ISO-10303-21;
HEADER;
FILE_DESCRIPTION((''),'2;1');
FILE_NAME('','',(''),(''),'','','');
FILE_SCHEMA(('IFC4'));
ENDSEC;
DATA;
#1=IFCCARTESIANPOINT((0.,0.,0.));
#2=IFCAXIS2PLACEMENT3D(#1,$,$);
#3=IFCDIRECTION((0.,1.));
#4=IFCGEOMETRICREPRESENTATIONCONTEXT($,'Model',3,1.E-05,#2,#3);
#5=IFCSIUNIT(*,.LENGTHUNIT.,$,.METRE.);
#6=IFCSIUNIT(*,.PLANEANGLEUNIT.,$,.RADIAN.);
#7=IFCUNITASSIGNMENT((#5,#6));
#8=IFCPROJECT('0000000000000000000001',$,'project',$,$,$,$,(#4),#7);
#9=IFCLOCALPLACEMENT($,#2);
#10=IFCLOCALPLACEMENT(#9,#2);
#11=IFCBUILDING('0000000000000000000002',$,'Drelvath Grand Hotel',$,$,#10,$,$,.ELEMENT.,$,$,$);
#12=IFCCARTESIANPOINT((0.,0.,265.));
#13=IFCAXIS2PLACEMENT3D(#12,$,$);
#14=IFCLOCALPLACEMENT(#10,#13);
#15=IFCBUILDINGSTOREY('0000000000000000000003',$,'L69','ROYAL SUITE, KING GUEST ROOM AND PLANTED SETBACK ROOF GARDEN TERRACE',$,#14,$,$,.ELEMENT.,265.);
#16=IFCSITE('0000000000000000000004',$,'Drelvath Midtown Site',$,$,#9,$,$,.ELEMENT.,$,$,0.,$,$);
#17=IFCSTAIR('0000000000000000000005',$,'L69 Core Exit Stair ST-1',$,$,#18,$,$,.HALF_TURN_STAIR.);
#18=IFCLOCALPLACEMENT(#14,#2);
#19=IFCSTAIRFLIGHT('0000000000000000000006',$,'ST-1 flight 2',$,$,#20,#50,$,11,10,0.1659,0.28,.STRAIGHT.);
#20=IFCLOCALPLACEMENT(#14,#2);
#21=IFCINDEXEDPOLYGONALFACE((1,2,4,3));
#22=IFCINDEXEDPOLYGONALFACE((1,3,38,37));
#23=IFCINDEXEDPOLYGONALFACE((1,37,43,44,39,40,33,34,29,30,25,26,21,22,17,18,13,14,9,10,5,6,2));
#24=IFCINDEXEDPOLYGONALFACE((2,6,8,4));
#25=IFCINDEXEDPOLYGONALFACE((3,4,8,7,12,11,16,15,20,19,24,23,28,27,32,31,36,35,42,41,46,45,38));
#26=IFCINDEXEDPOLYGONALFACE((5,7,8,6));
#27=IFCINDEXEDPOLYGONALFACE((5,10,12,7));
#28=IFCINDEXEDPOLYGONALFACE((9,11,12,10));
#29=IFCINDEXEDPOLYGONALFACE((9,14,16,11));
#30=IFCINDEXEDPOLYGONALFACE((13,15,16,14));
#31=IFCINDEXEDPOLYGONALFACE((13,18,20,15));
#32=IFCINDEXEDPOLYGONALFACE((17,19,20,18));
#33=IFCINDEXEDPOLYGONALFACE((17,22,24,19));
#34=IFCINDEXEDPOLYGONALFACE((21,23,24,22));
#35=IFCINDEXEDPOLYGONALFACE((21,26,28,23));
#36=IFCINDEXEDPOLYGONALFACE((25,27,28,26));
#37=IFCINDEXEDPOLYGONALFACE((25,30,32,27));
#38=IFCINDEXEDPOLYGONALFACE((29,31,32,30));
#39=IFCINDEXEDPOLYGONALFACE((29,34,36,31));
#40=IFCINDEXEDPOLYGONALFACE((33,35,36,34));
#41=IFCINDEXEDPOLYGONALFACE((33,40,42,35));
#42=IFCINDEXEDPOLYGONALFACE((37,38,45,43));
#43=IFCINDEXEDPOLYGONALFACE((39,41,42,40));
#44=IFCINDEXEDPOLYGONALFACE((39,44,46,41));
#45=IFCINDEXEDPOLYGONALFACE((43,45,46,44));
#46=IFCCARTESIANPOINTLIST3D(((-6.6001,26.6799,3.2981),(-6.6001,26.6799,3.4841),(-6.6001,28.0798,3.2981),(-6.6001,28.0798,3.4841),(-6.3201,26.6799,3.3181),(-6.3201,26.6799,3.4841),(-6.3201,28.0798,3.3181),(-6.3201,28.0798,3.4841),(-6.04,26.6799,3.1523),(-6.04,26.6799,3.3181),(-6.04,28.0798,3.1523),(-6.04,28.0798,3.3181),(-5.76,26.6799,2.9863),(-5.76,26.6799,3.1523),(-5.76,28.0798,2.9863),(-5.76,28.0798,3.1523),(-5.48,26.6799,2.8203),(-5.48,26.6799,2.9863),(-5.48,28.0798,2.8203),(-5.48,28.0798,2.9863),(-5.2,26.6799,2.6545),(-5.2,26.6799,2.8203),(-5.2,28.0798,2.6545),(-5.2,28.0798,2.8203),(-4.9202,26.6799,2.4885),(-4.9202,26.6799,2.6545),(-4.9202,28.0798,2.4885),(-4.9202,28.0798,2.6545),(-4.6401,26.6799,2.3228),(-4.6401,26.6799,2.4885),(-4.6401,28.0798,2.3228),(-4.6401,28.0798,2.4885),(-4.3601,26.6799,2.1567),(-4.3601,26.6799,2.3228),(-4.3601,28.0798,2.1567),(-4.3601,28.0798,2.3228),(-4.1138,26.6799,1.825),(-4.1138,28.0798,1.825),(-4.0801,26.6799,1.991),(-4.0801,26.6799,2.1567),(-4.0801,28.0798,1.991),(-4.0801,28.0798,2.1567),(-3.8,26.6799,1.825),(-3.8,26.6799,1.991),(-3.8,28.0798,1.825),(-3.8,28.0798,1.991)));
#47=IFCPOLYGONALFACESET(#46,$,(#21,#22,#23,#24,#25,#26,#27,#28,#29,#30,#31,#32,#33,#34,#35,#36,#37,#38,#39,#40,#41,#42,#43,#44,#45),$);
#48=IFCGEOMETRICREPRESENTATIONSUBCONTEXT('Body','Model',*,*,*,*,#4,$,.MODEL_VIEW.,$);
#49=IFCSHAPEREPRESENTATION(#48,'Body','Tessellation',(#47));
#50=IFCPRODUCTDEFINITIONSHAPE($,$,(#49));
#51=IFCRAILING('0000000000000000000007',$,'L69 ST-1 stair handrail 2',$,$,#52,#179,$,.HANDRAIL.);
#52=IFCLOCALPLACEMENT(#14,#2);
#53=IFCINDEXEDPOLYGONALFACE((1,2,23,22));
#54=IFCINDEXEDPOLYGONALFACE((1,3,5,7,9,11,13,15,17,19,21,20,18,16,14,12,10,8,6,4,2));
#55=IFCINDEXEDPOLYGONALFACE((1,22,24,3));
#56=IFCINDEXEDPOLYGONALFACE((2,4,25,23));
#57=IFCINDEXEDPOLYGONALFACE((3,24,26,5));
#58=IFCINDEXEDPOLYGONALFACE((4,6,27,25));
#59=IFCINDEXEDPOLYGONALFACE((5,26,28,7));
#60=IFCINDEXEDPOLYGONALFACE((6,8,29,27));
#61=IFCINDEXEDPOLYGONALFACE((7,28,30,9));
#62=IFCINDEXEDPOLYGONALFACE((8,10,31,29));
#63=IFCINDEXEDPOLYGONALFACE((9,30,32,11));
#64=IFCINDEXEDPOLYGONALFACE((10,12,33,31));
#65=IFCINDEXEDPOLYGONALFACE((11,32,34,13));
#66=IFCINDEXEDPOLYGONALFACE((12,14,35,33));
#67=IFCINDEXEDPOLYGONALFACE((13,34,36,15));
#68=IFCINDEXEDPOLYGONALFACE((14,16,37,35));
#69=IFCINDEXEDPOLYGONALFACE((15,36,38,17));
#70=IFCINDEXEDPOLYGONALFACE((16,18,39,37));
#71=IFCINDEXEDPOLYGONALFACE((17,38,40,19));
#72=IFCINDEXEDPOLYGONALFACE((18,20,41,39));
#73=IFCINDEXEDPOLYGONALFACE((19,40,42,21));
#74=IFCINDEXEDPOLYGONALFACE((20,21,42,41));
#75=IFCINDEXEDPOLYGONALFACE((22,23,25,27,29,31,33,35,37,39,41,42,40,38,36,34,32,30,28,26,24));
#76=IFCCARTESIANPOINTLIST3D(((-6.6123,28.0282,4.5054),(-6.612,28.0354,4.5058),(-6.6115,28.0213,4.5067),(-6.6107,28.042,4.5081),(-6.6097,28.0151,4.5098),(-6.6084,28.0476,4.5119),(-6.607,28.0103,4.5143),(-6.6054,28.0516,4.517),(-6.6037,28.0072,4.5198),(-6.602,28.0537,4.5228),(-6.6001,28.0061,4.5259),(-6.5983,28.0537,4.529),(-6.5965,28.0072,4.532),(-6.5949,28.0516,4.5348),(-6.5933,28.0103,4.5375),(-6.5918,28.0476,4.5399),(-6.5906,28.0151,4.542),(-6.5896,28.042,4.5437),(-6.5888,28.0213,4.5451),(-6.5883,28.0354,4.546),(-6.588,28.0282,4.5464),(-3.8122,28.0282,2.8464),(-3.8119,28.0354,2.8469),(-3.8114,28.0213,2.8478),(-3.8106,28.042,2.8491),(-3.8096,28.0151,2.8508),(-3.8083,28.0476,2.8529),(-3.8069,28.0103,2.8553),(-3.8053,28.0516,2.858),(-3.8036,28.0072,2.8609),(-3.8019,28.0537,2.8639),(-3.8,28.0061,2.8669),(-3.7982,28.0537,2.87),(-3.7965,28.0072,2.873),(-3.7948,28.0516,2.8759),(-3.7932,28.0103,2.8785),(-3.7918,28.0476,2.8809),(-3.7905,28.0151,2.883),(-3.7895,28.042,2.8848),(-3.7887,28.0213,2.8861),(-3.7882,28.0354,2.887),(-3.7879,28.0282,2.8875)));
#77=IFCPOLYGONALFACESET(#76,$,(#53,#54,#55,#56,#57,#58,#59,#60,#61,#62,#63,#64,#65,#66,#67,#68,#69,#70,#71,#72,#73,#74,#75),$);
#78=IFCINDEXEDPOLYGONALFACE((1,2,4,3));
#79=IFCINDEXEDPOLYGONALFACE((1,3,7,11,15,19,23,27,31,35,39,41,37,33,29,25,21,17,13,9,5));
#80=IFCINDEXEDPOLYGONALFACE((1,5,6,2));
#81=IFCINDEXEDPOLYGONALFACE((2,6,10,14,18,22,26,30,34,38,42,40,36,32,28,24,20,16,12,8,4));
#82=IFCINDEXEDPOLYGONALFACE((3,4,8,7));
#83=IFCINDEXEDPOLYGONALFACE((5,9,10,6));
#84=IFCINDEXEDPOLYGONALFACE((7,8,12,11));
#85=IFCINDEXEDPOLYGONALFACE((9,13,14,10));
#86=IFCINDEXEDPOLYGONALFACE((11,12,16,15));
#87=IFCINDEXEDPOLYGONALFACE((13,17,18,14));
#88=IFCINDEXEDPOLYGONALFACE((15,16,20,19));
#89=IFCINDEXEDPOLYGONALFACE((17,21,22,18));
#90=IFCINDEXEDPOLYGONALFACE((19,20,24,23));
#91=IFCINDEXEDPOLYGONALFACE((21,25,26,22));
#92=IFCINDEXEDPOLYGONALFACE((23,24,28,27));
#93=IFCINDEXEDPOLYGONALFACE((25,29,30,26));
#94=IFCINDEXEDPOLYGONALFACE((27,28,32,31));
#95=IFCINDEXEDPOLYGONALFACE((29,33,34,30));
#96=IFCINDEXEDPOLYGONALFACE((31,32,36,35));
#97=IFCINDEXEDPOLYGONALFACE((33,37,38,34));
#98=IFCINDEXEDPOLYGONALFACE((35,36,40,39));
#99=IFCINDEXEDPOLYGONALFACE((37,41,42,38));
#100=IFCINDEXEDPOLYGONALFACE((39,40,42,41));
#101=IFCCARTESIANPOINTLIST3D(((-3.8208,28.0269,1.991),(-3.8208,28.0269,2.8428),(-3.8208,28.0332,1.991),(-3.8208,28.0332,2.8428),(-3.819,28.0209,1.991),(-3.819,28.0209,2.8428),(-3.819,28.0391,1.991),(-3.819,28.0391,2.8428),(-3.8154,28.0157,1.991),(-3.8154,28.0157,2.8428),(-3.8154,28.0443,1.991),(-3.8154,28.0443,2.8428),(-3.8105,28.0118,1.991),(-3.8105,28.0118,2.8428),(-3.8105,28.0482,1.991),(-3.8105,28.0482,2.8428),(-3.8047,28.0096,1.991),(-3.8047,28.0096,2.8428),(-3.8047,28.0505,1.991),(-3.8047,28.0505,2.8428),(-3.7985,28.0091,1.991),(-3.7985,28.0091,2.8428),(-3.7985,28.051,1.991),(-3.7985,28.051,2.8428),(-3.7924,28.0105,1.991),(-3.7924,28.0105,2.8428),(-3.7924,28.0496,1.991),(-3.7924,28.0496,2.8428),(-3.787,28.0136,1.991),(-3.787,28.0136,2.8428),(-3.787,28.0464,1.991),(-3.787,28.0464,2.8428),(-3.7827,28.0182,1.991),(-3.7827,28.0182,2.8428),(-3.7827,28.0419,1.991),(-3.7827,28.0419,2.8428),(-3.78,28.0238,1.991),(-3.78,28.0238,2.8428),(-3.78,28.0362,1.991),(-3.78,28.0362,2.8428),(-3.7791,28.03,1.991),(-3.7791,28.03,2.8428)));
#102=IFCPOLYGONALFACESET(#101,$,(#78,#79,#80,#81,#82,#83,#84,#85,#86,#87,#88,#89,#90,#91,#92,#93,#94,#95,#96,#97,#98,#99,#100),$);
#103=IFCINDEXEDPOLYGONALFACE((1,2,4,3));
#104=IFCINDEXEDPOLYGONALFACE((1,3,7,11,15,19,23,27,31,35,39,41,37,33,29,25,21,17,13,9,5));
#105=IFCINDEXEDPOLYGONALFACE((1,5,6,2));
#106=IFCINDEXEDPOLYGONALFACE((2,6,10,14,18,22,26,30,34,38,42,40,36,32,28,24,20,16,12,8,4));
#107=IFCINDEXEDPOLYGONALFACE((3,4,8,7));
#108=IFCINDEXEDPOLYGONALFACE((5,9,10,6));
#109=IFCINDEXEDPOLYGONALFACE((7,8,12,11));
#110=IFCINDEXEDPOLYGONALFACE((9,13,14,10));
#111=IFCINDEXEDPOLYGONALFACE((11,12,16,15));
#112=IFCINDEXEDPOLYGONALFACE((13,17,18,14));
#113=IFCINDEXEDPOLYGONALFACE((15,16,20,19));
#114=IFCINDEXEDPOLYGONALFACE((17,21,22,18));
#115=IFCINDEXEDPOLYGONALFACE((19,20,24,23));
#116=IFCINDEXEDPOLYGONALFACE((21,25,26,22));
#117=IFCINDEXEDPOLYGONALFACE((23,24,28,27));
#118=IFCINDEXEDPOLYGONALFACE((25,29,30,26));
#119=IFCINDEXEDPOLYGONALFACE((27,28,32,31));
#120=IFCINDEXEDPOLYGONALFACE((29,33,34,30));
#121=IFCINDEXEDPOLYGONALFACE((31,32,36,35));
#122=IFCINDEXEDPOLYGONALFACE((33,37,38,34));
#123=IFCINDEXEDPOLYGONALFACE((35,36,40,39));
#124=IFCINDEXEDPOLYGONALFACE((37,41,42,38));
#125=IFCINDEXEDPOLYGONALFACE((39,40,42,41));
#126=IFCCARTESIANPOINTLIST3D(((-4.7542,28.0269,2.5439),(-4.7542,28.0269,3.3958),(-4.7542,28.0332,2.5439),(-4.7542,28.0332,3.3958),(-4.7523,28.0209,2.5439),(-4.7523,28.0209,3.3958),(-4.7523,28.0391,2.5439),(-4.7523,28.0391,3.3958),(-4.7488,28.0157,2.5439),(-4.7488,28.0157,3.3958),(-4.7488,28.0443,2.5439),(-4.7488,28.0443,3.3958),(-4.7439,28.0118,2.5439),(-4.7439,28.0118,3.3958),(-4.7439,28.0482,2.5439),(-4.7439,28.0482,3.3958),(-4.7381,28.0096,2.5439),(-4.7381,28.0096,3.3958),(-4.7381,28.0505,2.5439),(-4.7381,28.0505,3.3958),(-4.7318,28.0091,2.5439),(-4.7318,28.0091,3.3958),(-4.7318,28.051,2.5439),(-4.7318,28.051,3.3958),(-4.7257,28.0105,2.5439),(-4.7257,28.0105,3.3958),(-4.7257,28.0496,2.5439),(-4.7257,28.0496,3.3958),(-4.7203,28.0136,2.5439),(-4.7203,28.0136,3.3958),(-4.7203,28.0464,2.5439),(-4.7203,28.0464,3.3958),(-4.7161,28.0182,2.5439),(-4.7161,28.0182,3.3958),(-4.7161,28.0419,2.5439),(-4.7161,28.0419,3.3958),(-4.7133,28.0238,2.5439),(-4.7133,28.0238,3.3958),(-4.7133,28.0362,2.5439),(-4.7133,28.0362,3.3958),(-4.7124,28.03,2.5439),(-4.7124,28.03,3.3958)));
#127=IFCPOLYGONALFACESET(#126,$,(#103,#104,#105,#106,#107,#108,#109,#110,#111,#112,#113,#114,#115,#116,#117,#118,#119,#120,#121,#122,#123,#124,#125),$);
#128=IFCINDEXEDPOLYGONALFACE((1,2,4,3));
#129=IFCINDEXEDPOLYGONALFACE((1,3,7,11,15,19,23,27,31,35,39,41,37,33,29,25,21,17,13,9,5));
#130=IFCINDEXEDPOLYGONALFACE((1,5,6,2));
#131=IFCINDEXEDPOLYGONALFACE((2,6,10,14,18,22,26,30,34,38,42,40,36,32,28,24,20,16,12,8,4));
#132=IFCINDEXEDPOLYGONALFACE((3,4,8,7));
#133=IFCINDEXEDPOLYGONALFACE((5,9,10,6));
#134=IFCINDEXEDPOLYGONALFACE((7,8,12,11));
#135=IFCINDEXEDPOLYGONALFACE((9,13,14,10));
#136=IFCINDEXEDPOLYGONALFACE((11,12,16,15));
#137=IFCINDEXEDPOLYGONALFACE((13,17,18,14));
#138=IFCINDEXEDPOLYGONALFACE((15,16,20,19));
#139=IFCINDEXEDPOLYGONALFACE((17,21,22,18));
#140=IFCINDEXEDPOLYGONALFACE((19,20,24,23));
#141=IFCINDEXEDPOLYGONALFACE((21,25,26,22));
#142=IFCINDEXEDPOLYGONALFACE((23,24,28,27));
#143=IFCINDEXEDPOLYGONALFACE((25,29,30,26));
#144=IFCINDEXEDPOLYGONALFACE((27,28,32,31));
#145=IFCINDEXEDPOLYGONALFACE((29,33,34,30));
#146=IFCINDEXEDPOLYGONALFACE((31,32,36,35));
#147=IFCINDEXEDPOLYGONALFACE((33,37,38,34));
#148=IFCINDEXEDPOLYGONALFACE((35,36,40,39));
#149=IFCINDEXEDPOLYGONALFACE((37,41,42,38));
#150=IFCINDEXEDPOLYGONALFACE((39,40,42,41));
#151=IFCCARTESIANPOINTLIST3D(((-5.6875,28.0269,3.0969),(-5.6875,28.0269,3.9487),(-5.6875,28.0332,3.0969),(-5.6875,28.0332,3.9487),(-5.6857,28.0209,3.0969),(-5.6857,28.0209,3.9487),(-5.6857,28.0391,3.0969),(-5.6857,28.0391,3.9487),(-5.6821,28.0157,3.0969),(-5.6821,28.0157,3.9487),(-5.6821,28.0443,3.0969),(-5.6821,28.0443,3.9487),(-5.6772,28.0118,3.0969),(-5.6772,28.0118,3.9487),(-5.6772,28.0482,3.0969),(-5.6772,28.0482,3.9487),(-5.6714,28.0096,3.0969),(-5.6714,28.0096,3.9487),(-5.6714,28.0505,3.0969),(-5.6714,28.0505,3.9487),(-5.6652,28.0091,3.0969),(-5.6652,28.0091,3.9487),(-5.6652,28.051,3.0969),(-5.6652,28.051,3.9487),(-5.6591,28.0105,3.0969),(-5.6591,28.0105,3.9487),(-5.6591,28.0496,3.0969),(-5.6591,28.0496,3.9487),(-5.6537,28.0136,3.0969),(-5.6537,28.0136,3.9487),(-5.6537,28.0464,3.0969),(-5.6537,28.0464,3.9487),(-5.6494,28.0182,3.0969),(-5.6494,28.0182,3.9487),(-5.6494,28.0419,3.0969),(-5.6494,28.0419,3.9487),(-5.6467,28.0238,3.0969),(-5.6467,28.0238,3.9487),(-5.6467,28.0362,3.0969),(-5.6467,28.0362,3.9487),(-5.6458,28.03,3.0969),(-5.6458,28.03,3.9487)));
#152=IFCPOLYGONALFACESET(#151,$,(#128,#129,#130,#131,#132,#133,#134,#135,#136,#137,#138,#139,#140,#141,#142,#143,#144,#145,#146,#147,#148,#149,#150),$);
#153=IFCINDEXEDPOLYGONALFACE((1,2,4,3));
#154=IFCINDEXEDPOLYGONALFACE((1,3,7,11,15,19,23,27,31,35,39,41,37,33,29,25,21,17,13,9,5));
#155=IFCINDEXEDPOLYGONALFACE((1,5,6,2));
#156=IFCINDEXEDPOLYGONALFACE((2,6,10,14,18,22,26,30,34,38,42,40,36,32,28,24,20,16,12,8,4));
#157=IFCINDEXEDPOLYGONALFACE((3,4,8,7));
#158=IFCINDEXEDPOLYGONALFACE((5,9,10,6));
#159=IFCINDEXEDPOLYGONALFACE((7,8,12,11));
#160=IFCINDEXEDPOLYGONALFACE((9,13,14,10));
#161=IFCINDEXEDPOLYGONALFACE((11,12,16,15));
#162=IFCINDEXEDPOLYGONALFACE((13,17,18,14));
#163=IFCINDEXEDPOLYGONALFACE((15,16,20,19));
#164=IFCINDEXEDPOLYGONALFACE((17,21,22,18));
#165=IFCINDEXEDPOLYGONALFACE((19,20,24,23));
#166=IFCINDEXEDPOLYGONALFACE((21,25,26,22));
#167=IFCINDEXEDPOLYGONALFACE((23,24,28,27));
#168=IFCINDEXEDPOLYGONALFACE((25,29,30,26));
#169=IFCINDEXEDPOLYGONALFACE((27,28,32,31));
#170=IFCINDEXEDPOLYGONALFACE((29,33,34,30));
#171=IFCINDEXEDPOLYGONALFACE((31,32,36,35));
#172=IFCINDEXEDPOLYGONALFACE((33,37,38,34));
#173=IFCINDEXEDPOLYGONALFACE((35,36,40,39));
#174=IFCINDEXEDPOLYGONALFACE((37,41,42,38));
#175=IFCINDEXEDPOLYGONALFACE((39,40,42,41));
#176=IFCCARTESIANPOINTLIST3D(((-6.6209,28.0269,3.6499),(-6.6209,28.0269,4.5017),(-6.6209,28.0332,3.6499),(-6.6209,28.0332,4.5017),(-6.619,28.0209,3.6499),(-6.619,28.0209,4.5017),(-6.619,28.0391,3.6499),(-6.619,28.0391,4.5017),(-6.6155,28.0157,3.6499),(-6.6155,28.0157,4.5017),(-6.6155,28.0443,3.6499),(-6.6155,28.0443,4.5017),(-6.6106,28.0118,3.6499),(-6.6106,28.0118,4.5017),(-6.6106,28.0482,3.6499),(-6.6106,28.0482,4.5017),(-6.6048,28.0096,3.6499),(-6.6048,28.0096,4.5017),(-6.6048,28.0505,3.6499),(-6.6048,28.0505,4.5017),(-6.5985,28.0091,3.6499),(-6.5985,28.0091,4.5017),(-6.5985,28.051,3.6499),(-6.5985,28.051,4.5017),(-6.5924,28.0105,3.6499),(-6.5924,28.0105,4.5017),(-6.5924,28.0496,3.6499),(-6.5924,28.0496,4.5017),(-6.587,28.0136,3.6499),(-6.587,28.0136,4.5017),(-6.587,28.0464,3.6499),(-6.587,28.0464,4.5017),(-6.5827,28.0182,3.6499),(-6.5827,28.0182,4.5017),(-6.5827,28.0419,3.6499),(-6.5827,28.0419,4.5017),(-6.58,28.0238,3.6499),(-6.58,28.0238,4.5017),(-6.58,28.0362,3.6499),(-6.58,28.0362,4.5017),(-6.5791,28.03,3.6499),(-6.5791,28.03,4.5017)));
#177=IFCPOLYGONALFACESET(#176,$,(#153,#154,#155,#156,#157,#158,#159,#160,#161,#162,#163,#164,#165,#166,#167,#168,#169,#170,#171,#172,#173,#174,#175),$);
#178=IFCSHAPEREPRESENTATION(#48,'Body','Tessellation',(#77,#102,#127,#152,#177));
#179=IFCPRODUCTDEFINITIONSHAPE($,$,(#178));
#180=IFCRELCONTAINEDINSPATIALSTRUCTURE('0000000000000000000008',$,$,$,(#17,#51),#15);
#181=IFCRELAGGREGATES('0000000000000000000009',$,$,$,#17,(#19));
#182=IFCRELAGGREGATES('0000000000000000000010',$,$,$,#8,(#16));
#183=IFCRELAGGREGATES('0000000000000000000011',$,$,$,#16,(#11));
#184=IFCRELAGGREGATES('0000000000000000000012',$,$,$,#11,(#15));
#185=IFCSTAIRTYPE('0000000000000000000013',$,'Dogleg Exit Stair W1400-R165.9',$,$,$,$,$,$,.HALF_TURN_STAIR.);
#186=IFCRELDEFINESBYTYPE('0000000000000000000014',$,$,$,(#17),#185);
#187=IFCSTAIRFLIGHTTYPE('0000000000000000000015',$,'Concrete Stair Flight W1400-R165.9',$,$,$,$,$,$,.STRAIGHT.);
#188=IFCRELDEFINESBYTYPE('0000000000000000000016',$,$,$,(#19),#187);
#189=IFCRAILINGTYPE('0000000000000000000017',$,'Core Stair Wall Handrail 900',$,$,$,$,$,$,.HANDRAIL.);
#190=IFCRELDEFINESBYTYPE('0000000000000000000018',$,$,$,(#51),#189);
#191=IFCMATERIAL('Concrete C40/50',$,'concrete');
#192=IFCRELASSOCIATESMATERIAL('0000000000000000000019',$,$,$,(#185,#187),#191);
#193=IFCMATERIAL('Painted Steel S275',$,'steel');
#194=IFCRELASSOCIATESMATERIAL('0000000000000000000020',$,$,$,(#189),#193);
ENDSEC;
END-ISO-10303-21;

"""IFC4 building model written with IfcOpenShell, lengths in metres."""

from ifc_helpers import new_model, si_unit, direction, frame, origin, origin_2d, place, context, subcontext, project, spatial, polyline, circle, outline, extrude, material, type_object, element, aggregate, save


model = new_model("IFC4")

# Units and contexts
model_context = context("Model", 3, precision=1e-05, world=origin(), true_north=direction((0.0, 1.0)))
body_context = subcontext(model_context, "Body", "Model", "MODEL_VIEW")
ifc_project = project(units=[si_unit("LENGTHUNIT", "METRE"), si_unit("PLANEANGLEUNIT", "RADIAN")], contexts=[model_context])

# Site, building, storey
site_placement = place(None, origin())
site = spatial("IfcSite", under=ifc_project, at=site_placement, Name="Drelvath Midtown Site", CompositionType="ELEMENT", RefElevation=0.0)
building_placement = place(site_placement, origin())
building = spatial("IfcBuilding", under=site, at=building_placement, Name="Drelvath Grand Hotel", CompositionType="ELEMENT")
storey_placement = place(building_placement, frame((0.0, 0.0, 265.0)))
storey = spatial("IfcBuildingStorey", under=building, at=storey_placement, Name="L69", Description="ROYAL SUITE, KING GUEST ROOM AND PLANTED SETBACK ROOF GARDEN TERRACE", CompositionType="ELEMENT", Elevation=265.0)

# Shared definitions
ifc_material_1 = material(Name="Painted Steel S275", Category="steel")

# Shared definitions
ifc_material_2 = material(Name="Concrete C40/50", Category="concrete")

# Stair, stair flight
stair_type = type_object("IfcStairType", Name="Dogleg Exit Stair W1400-R165.9", PredefinedType="HALF_TURN_STAIR", material=ifc_material_2)
stair_placement = place(storey_placement, origin())
stair = element("IfcStair", 1, at=stair_placement, inside=storey, type_object=stair_type, Name="L69 Core Exit Stair ST-1", PredefinedType="HALF_TURN_STAIR")
stair_flight_type = type_object("IfcStairFlightType", Name="Concrete Stair Flight W1400-R165.9", PredefinedType="STRAIGHT", material=ifc_material_2)
stair_flight_placement = place(storey_placement, frame((-3.8, 27.3799, 1.825), z_axis=(0.0, 0.0, 1.0), x_axis=(-1.0, 0.0, 0.0)))
stair_flight = element("IfcStairFlight", 2, at=stair_flight_placement, type_object=stair_flight_type, Name="ST-1 flight 2", NumberOfRisers=11, NumberOfTreads=10, PredefinedType="STRAIGHT", RiserHeight=0.1659, TreadLength=0.28, context=body_context, shape_type="SweptSolid", body=[
    extrude(outline(polyline([(0.0, 0.0), (0.0, 0.166), (0.28, 0.166), (0.28, 0.3318), (0.5601, 0.3318), (0.5601, 0.4978), (0.8401, 0.4978), (0.8401, 0.6636), (1.1201, 0.6636), (1.1201, 0.8296), (1.3999, 0.8296), (1.3999, 0.9954), (1.6799, 0.9954), (1.6799, 1.1614), (1.96, 1.1614), (1.96, 1.3274), (2.24, 1.3274), (2.24, 1.4932), (2.52, 1.4932), (2.52, 1.6592), (2.8, 1.6592), (2.8, 1.825), (2.8, 1.4731), (0.3137, 0.0), (0.0, 0.0)])), frame((0.0, 0.7, 0.0), z_axis=(0.0, -1.0, 0.0), x_axis=(1.0, 0.0, 0.0)), (0.0, 0.0, 1.0), 1.3999),
])
aggregate(stair, [stair_flight])

# Railing
railing_type = type_object("IfcRailingType", Name="Core Stair Wall Handrail 900", PredefinedType="HANDRAIL", material=ifc_material_1)
railing_placement = place(storey_placement, frame((-3.8, 28.03, 1.991)))
element("IfcRailing", 3, at=railing_placement, inside=storey, type_object=railing_type, Name="L69 ST-1 stair handrail 2", PredefinedType="HANDRAIL", context=body_context, shape_type="SweptSolid", body=[
    extrude(circle(Radius=0.0239, at=origin_2d()), frame((0.0, 0.0, 0.876), z_axis=(-0.860339, 0.0, 0.509722), x_axis=(0.0, -1.0, 0.0)), (0.0, 0.0, 1.0), 3.2546),
    extrude(circle(Radius=0.021, at=origin_2d()), origin(), (0.0, 0.0, 1.0), 0.8518),
    extrude(circle(Radius=0.021, at=origin_2d()), frame((-0.9333, 0.0, 0.553)), (0.0, 0.0, 1.0), 0.8518),
    extrude(circle(Radius=0.021, at=origin_2d()), frame((-1.8667, 0.0, 1.106)), (0.0, 0.0, 1.0), 0.8518),
    extrude(circle(Radius=0.021, at=origin_2d()), frame((-2.8, 0.0, 1.6589)), (0.0, 0.0, 1.0), 0.8518),
])

save(model, "model.ifc")
